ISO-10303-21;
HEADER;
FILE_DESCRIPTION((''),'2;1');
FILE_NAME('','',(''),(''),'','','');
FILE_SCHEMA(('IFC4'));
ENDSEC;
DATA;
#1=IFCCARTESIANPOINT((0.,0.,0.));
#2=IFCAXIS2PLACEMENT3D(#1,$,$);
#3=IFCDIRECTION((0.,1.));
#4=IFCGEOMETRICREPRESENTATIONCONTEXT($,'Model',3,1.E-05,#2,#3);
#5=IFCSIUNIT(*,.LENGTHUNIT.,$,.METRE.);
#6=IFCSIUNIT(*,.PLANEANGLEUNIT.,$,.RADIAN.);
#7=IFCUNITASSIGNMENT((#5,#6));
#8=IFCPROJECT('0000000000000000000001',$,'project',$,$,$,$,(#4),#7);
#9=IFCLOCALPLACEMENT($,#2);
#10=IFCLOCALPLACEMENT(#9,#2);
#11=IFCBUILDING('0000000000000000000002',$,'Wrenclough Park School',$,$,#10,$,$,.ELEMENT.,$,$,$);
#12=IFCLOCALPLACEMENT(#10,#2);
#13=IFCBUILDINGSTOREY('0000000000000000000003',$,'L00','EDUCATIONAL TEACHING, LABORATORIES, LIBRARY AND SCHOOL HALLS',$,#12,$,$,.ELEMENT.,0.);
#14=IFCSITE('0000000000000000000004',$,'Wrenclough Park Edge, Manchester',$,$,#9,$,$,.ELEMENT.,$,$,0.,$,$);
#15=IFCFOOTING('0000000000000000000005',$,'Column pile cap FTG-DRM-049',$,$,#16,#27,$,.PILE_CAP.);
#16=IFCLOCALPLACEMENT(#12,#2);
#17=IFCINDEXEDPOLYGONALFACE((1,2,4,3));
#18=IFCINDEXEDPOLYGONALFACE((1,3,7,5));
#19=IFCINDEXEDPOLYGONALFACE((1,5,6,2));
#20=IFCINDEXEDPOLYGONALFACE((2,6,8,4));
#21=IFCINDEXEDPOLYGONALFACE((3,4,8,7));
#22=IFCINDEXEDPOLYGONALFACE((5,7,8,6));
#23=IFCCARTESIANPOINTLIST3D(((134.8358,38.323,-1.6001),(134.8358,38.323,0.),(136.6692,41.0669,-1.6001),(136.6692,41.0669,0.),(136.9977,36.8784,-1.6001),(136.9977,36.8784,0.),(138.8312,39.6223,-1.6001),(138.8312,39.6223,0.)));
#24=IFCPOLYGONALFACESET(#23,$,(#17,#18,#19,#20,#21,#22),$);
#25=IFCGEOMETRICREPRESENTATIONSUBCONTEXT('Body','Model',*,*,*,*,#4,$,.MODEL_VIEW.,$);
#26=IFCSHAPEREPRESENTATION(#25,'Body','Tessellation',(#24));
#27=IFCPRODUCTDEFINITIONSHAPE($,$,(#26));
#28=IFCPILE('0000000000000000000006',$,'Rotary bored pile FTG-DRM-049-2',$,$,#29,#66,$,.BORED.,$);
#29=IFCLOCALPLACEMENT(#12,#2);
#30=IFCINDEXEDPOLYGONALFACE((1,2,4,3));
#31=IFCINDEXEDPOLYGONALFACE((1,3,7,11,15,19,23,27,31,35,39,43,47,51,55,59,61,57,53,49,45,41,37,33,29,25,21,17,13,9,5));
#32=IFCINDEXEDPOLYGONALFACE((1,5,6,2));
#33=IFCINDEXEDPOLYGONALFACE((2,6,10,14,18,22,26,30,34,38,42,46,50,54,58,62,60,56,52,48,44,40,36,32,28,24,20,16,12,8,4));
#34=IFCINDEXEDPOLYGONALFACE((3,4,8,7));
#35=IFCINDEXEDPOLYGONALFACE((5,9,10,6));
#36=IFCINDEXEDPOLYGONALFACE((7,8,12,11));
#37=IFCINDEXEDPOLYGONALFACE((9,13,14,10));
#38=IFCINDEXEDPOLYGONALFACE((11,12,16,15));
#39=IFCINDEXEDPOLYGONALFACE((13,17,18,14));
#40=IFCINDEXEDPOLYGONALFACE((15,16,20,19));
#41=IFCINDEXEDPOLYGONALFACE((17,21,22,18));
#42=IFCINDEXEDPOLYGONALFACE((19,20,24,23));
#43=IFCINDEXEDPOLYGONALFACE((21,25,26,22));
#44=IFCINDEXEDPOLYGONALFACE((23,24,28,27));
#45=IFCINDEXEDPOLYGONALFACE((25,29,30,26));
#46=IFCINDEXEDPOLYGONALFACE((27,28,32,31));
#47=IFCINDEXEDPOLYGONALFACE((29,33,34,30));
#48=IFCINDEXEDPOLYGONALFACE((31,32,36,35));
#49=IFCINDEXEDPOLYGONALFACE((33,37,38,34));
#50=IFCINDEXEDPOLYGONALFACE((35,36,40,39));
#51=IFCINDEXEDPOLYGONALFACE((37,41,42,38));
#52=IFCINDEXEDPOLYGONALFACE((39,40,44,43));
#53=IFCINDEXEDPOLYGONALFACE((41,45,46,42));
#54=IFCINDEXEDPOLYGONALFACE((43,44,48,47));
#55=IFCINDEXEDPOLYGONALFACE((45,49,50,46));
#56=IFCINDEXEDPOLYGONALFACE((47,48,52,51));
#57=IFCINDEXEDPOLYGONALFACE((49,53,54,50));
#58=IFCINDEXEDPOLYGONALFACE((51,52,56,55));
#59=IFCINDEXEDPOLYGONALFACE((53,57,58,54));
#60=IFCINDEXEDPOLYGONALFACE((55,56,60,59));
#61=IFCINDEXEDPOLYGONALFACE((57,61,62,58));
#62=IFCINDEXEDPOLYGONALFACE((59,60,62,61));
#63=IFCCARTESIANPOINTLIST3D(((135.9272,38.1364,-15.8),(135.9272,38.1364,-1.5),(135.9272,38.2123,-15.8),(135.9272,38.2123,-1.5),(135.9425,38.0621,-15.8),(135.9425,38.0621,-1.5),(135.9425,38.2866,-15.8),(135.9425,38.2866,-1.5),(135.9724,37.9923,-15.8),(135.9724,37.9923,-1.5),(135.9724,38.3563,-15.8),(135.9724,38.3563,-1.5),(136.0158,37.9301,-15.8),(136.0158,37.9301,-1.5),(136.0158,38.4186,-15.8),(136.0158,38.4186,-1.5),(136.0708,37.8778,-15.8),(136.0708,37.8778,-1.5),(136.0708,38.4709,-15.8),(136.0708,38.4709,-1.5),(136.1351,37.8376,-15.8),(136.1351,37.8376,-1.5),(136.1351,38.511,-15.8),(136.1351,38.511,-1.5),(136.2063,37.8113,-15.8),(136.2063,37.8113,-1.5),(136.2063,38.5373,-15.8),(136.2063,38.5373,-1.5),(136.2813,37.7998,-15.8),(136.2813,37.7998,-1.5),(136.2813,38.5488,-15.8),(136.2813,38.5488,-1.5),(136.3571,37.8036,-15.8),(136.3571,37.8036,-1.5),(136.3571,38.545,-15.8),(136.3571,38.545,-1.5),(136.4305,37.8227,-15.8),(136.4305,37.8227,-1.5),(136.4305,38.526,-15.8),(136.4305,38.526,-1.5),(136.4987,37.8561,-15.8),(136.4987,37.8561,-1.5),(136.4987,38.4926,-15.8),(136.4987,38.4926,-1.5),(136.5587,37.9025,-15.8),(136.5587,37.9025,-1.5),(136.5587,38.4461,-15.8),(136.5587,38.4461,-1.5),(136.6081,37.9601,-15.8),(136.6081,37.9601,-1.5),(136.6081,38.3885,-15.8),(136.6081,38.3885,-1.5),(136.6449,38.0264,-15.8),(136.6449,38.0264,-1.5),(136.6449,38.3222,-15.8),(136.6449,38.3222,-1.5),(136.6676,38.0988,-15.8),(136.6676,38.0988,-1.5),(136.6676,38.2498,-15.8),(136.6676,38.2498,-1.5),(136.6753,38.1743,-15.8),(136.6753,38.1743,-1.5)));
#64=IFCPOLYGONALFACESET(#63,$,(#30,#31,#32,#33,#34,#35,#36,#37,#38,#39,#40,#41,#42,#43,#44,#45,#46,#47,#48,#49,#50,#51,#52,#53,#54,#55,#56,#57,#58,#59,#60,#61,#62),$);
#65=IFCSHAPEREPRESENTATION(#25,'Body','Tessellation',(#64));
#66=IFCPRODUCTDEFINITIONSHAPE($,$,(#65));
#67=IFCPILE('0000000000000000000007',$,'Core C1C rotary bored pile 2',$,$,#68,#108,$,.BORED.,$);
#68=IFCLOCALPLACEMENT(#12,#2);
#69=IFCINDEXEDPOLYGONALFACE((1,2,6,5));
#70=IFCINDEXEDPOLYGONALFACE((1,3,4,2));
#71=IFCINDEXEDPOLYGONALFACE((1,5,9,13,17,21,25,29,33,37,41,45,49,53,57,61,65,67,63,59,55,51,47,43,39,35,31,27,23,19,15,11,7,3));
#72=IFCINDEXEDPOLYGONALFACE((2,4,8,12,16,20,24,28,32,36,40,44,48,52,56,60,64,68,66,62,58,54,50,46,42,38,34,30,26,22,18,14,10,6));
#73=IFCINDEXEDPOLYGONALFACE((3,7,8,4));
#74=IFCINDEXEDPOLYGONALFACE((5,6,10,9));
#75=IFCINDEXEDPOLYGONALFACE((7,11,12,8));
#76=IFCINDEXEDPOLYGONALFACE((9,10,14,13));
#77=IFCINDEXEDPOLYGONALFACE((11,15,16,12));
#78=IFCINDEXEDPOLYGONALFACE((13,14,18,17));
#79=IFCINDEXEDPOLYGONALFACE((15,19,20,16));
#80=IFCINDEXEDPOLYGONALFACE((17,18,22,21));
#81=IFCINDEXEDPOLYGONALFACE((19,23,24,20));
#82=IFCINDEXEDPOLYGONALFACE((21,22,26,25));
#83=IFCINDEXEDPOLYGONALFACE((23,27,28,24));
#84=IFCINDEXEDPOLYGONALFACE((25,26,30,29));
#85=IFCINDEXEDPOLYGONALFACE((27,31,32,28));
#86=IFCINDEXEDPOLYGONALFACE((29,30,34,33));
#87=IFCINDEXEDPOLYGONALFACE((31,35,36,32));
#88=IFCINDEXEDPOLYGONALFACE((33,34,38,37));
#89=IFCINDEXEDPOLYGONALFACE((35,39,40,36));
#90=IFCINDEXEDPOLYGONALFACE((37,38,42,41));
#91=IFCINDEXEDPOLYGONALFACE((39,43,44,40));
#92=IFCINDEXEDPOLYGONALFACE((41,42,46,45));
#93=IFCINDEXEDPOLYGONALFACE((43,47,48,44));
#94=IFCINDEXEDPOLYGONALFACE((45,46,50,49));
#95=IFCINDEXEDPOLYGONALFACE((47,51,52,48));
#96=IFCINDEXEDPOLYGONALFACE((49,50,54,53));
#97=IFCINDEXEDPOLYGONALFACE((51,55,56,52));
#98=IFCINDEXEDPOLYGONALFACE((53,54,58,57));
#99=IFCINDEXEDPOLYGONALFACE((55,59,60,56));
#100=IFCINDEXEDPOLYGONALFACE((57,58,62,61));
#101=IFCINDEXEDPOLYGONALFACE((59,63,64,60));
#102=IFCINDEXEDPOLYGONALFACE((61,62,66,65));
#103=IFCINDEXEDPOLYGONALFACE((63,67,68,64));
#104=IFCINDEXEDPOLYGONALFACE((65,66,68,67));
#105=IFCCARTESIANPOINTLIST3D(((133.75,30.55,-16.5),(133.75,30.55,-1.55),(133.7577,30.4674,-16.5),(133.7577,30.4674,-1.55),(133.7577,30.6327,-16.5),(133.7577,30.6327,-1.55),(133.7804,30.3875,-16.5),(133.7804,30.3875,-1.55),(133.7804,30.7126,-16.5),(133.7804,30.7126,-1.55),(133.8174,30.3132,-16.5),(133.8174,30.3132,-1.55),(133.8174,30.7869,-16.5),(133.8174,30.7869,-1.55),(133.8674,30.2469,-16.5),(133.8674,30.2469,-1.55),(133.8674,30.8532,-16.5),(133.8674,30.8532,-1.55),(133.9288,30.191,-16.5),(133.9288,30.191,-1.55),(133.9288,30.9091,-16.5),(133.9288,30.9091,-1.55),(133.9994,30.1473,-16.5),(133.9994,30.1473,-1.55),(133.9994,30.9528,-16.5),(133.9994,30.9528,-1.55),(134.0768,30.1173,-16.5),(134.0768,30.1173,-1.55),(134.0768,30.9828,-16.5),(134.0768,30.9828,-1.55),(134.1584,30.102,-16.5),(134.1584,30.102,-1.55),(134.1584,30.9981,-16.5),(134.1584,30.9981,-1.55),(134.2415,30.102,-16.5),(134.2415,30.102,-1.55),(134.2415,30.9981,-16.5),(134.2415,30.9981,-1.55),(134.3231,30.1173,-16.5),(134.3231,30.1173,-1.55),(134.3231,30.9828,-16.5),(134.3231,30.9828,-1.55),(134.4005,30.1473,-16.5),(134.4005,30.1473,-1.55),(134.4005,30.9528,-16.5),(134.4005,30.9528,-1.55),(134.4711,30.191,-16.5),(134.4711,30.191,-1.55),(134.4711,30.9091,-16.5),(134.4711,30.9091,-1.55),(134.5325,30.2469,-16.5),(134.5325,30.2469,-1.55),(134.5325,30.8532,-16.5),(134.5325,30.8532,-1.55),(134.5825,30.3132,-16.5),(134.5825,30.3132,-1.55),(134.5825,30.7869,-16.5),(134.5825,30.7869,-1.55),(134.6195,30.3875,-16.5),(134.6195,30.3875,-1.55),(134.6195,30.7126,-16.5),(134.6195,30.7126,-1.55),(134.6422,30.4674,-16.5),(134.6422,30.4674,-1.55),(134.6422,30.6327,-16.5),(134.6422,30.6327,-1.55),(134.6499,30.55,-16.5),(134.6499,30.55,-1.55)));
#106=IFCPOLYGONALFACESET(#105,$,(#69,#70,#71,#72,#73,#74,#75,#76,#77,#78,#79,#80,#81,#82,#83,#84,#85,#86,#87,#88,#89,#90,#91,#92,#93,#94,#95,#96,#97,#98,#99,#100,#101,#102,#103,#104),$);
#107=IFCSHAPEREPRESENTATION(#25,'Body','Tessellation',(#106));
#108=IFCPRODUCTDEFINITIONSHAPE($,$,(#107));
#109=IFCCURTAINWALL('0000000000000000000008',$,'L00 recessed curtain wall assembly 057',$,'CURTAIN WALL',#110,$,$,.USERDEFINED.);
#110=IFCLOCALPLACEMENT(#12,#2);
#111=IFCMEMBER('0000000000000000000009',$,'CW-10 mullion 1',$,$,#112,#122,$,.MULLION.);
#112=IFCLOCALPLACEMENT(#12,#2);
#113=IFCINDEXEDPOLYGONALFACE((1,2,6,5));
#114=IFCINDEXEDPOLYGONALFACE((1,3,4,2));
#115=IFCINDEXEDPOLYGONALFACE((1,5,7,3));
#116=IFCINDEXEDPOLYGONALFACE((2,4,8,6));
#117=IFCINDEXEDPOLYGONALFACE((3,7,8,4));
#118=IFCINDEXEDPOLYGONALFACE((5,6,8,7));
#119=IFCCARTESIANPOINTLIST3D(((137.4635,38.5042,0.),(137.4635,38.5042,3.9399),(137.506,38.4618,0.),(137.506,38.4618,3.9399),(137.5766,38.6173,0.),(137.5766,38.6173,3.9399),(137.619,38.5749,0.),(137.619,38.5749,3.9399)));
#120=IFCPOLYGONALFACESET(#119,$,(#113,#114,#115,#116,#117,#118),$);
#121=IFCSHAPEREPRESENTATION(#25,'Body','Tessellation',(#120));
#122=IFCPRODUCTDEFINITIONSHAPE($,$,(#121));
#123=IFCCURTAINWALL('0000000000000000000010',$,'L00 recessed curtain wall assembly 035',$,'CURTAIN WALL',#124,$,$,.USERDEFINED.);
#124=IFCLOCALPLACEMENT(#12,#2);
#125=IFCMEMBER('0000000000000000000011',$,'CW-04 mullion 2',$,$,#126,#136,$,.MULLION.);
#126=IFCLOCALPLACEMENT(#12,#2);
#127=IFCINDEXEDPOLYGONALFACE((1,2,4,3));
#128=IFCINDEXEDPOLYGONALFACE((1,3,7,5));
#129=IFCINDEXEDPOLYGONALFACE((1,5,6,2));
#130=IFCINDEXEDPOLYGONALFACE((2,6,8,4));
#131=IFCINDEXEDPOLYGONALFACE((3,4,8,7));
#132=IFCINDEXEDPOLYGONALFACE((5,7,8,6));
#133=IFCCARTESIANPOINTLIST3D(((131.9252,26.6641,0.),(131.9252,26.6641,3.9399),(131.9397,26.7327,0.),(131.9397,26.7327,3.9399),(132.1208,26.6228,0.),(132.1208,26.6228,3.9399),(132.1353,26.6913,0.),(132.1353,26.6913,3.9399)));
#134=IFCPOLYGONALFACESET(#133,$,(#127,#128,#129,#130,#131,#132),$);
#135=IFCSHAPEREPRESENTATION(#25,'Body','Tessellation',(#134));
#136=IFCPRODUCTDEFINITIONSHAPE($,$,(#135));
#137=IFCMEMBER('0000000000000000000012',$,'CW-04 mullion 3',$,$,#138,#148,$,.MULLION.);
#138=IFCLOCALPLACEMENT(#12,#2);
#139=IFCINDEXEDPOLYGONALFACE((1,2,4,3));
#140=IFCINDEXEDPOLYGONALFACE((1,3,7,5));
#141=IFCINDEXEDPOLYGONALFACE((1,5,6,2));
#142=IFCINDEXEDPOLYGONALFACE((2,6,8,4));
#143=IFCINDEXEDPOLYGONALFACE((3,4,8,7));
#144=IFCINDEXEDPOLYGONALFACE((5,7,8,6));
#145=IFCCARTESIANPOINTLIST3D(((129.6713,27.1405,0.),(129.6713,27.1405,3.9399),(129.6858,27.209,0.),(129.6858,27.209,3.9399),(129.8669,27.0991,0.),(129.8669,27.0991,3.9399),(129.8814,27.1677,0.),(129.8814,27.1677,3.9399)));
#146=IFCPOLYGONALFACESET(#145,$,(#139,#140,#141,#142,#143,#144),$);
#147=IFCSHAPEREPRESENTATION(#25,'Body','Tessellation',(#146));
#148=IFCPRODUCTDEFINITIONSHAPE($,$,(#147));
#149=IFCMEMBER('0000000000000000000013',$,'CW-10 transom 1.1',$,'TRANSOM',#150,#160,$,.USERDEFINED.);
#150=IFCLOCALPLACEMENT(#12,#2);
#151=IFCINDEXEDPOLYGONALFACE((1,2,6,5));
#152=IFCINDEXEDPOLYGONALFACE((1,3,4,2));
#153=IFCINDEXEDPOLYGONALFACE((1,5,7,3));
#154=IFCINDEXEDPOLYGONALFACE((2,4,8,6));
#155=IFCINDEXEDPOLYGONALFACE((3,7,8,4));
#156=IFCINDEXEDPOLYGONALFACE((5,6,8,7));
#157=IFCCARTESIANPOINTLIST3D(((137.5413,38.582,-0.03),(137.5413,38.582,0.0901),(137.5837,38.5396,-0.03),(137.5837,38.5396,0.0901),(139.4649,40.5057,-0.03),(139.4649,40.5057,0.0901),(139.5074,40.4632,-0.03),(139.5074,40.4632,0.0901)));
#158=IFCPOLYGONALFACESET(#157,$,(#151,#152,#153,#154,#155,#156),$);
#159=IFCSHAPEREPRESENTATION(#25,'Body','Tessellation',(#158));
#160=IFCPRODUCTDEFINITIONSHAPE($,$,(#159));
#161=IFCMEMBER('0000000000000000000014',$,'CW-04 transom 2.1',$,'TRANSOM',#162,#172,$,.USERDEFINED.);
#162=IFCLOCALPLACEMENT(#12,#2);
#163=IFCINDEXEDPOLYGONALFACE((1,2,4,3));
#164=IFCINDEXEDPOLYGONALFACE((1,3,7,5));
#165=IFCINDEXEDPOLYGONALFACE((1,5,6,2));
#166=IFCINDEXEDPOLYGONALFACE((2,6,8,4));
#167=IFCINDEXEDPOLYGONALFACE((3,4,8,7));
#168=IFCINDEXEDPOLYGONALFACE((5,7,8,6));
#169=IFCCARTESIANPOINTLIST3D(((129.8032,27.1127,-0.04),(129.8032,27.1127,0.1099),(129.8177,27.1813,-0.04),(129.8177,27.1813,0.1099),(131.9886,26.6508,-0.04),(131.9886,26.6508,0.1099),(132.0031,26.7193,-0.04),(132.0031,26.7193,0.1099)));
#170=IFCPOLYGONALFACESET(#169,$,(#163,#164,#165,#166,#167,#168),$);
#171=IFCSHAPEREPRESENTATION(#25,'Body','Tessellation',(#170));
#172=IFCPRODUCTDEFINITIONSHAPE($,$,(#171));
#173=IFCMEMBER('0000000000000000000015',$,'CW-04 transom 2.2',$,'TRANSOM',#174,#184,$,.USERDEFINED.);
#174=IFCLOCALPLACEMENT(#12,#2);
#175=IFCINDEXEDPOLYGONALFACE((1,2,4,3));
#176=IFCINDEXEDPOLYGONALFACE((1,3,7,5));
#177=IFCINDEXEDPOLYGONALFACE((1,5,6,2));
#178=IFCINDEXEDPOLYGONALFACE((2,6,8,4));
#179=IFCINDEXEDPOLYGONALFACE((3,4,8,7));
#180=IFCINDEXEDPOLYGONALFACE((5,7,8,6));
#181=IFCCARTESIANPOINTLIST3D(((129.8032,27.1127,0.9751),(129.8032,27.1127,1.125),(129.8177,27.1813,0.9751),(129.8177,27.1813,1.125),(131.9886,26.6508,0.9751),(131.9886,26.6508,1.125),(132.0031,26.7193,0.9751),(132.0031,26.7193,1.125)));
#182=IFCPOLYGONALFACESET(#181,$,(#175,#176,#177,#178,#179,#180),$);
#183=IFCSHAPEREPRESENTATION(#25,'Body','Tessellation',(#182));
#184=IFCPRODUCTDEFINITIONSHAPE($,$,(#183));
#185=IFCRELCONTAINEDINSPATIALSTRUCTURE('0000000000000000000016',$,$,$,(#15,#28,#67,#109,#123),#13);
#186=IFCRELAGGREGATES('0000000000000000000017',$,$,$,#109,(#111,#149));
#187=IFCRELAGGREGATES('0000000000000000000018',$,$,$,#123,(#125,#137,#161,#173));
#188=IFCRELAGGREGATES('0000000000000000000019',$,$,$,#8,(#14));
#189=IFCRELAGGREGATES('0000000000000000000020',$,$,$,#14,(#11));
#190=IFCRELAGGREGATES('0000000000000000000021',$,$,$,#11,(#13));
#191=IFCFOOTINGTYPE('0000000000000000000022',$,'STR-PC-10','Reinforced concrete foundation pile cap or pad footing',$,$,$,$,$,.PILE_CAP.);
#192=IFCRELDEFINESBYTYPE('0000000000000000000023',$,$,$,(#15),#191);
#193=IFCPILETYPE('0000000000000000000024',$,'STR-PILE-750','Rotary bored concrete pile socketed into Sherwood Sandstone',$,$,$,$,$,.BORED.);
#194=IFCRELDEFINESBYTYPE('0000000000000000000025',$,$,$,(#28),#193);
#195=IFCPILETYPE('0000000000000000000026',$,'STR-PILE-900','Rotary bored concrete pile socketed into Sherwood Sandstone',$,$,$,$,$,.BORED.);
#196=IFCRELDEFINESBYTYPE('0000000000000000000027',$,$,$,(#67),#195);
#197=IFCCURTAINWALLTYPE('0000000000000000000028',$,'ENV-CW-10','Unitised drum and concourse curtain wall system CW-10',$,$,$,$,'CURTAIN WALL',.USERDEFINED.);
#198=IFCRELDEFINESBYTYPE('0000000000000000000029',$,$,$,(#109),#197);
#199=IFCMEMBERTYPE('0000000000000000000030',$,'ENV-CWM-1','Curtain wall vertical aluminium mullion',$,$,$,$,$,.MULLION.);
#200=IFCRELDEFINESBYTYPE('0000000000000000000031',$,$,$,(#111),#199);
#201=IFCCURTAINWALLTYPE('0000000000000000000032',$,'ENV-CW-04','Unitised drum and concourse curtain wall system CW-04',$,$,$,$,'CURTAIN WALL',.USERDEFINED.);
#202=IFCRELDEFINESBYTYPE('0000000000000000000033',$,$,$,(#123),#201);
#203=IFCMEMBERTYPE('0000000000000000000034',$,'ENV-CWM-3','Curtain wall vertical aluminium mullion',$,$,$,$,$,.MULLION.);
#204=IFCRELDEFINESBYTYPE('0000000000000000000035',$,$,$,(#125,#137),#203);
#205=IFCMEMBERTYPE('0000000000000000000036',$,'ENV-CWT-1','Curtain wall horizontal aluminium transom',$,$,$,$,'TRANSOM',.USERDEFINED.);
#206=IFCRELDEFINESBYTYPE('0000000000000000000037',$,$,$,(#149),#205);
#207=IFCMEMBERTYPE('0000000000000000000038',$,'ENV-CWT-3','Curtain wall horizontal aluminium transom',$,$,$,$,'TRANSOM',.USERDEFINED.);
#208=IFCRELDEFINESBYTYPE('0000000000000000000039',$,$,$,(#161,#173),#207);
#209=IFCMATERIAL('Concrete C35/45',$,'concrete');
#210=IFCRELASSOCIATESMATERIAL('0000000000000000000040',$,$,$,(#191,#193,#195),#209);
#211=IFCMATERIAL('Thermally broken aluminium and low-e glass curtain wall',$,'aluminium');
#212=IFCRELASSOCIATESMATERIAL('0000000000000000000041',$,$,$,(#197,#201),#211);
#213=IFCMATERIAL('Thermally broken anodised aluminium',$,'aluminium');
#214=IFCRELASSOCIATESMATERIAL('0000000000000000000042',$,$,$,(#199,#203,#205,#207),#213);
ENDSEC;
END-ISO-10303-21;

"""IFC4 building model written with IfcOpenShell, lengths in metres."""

from ifc_helpers import new_model, si_unit, direction, frame, origin, origin_2d, place, context, subcontext, project, spatial, rectangle, circle, extrude, material, material_profile, profile_set, type_object, element, aggregate, save


model = new_model("IFC4")

# Units and contexts
model_context = context("Model", 3, precision=1e-05, world=origin(), true_north=direction((0.0, 1.0)))
body_context = subcontext(model_context, "Body", "Model", "MODEL_VIEW")
ifc_project = project(units=[si_unit("LENGTHUNIT", "METRE"), si_unit("PLANEANGLEUNIT", "RADIAN")], contexts=[model_context])

# Site, building, storey
site_placement = place(None, origin())
site = spatial("IfcSite", under=ifc_project, at=site_placement, Name="Wrenclough Park Edge, Manchester", CompositionType="ELEMENT", RefElevation=0.0)
building_placement = place(site_placement, origin())
building = spatial("IfcBuilding", under=site, at=building_placement, Name="Wrenclough Park School", CompositionType="ELEMENT")
storey_placement = place(building_placement, origin())
storey = spatial("IfcBuildingStorey", under=building, at=storey_placement, Name="L00", Description="EDUCATIONAL TEACHING, LABORATORIES, LIBRARY AND SCHOOL HALLS", CompositionType="ELEMENT", Elevation=0.0)

# Footing
ifc_material_1 = material(Name="Concrete C35/45", Category="concrete")
footing_type = type_object("IfcFootingType", Name="STR-PC-10", Description="Reinforced concrete foundation pile cap or pad footing", PredefinedType="PILE_CAP", material=ifc_material_1)
footing_placement = place(storey_placement, frame((136.8335, 38.9727, -1.6001), z_axis=(0.0, 0.0, 1.0), x_axis=(-0.55557, -0.83147, 0.0)))
element("IfcFooting", 1, at=footing_placement, inside=storey, type_object=footing_type, Name="Column pile cap FTG-DRM-049", PredefinedType="PILE_CAP", context=body_context, shape_type="SweptSolid", body=[
    extrude(rectangle(XDim=3.3, YDim=2.6001, at=origin_2d()), origin(), (0.0, 0.0, 1.0), 1.6001),
])

# Piles
ifc_material_profile_1 = material_profile(ifc_material_1, circle(Radius=0.375, at=origin_2d()), Name="BORED PILE D750")
ifc_profile_set_1 = profile_set([ifc_material_profile_1], Name="Concrete C35/45")
pile_type_1 = type_object("IfcPileType", Name="STR-PILE-750", Description="Rotary bored concrete pile socketed into Sherwood Sandstone", PredefinedType="BORED", material=ifc_profile_set_1)
pile_1_placement = place(storey_placement, frame((136.3003, 38.1743, -1.5), z_axis=(0.0, 0.0, -1.0), x_axis=(1.0, 0.0, 0.0)))
element("IfcPile", 2, at=pile_1_placement, inside=storey, type_object=pile_type_1, Name="Rotary bored pile FTG-DRM-049-2", PredefinedType="BORED", context=body_context, shape_type="SweptSolid", body=[
    extrude(circle(Radius=0.375, at=origin_2d()), origin(), (0.0, 0.0, 1.0), 14.3),
])
ifc_material_profile_2 = material_profile(ifc_material_1, circle(Radius=0.45, at=origin_2d()), Name="BORED PILE D900")
ifc_profile_set_2 = profile_set([ifc_material_profile_2], Name="Concrete C35/45")
pile_type_2 = type_object("IfcPileType", Name="STR-PILE-900", Description="Rotary bored concrete pile socketed into Sherwood Sandstone", PredefinedType="BORED", material=ifc_profile_set_2)
pile_2_placement = place(storey_placement, frame((134.2, 30.55, -1.55), z_axis=(0.0, 0.0, -1.0), x_axis=(1.0, 0.0, 0.0)))
element("IfcPile", 3, at=pile_2_placement, inside=storey, type_object=pile_type_2, Name="Core C1C rotary bored pile 2", PredefinedType="BORED", context=body_context, shape_type="SweptSolid", body=[
    extrude(circle(Radius=0.45, at=origin_2d()), origin(), (0.0, 0.0, 1.0), 14.95),
])

# Curtain wall, member
ifc_material_2 = material(Name="Thermally broken aluminium and low-e glass curtain wall", Category="aluminium")
curtain_wall_type_1 = type_object("IfcCurtainWallType", Name="ENV-CW-10", Description="Unitised drum and concourse curtain wall system CW-10", ElementType="CURTAIN WALL", PredefinedType="USERDEFINED", material=ifc_material_2)
curtain_wall_1_placement = place(storey_placement, origin())
curtain_wall_1 = element("IfcCurtainWall", 4, at=curtain_wall_1_placement, inside=storey, type_object=curtain_wall_type_1, Name="L00 recessed curtain wall assembly 057", ObjectType="CURTAIN WALL", PredefinedType="USERDEFINED")
ifc_material_3 = material(Name="Thermally broken anodised aluminium", Category="aluminium")
ifc_material_profile_3 = material_profile(ifc_material_3, rectangle(XDim=0.0601, YDim=0.1599, at=origin_2d()), Name="AL MULLION 60x160")
ifc_profile_set_3 = profile_set([ifc_material_profile_3], Name="Thermally broken anodised aluminium")
member_type_1 = type_object("IfcMemberType", Name="ENV-CWM-1", Description="Curtain wall vertical aluminium mullion", PredefinedType="MULLION", material=ifc_profile_set_3)
member_1_placement = place(storey_placement, frame((137.5413, 38.5396, 0.0), z_axis=(0.0, 0.0, 1.0), x_axis=(-0.707107, 0.707107, 0.0)))
member_1 = element("IfcMember", 5, at=member_1_placement, type_object=member_type_1, Name="CW-10 mullion 1", PredefinedType="MULLION", context=body_context, shape_type="SweptSolid", body=[
    extrude(rectangle(XDim=0.0601, YDim=0.1599, at=origin_2d()), origin(), (0.0, 0.0, 1.0), 3.9399),
])

# Curtain wall, members
curtain_wall_type_2 = type_object("IfcCurtainWallType", Name="ENV-CW-04", Description="Unitised drum and concourse curtain wall system CW-04", ElementType="CURTAIN WALL", PredefinedType="USERDEFINED", material=ifc_material_2)
curtain_wall_2_placement = place(storey_placement, origin())
curtain_wall_2 = element("IfcCurtainWall", 6, at=curtain_wall_2_placement, inside=storey, type_object=curtain_wall_type_2, Name="L00 recessed curtain wall assembly 035", ObjectType="CURTAIN WALL", PredefinedType="USERDEFINED")
ifc_material_profile_4 = material_profile(ifc_material_3, rectangle(XDim=0.0701, YDim=0.2, at=origin_2d()), Name="AL MULLION 70x200")
ifc_profile_set_4 = profile_set([ifc_material_profile_4], Name="Thermally broken anodised aluminium")
member_type_2 = type_object("IfcMemberType", Name="ENV-CWM-3", Description="Curtain wall vertical aluminium mullion", PredefinedType="MULLION", material=ifc_profile_set_4)
member_2_placement = place(storey_placement, frame((132.0303, 26.6777, 0.0), z_axis=(0.0, 0.0, 1.0), x_axis=(-0.206818, -0.978379, 0.0)))
member_2 = element("IfcMember", 7, at=member_2_placement, type_object=member_type_2, Name="CW-04 mullion 2", PredefinedType="MULLION", context=body_context, shape_type="SweptSolid", body=[
    extrude(rectangle(XDim=0.0701, YDim=0.2, at=origin_2d()), origin(), (0.0, 0.0, 1.0), 3.9399),
])
member_3_placement = place(storey_placement, frame((129.7764, 27.1541, 0.0), z_axis=(0.0, 0.0, 1.0), x_axis=(-0.206818, -0.978379, 0.0)))
member_3 = element("IfcMember", 8, at=member_3_placement, type_object=member_type_2, Name="CW-04 mullion 3", PredefinedType="MULLION", context=body_context, shape_type="SweptSolid", body=[
    extrude(rectangle(XDim=0.0701, YDim=0.2, at=origin_2d()), origin(), (0.0, 0.0, 1.0), 3.9399),
])

# Members
ifc_material_profile_5 = material_profile(ifc_material_3, rectangle(XDim=0.0601, YDim=0.1201, at=origin_2d()), Name="AL TRANSOM 60x120")
ifc_profile_set_5 = profile_set([ifc_material_profile_5], Name="Thermally broken anodised aluminium")
member_type_3 = type_object("IfcMemberType", Name="ENV-CWT-1", Description="Curtain wall horizontal aluminium transom", ElementType="TRANSOM", PredefinedType="USERDEFINED", material=ifc_profile_set_5)
member_4_placement = place(storey_placement, frame((137.5625, 38.5608, 0.03), z_axis=(0.707107, 0.707107, 0.0), x_axis=(-0.707107, 0.707107, 0.0)))
member_4 = element("IfcMember", 9, at=member_4_placement, type_object=member_type_3, Name="CW-10 transom 1.1", ObjectType="TRANSOM", PredefinedType="USERDEFINED", context=body_context, shape_type="SweptSolid", body=[
    extrude(rectangle(XDim=0.0601, YDim=0.1201, at=origin_2d()), origin(), (0.0, 0.0, 1.0), 2.7205),
])
aggregate(curtain_wall_1, [member_1, member_4])
ifc_material_profile_6 = material_profile(ifc_material_3, rectangle(XDim=0.0701, YDim=0.1499, at=origin_2d()), Name="AL TRANSOM 70x150")
ifc_profile_set_6 = profile_set([ifc_material_profile_6], Name="Thermally broken anodised aluminium")
member_type_4 = type_object("IfcMemberType", Name="ENV-CWT-3", Description="Curtain wall horizontal aluminium transom", ElementType="TRANSOM", PredefinedType="USERDEFINED", material=ifc_profile_set_6)
member_5_placement = place(storey_placement, frame((131.9958, 26.6851, 0.0349), z_axis=(-0.978382, 0.206804, 0.0), x_axis=(-0.206804, -0.978382, 0.0)))
member_5 = element("IfcMember", 10, at=member_5_placement, type_object=member_type_4, Name="CW-04 transom 2.1", ObjectType="TRANSOM", PredefinedType="USERDEFINED", context=body_context, shape_type="SweptSolid", body=[
    extrude(rectangle(XDim=0.0701, YDim=0.1499, at=origin_2d()), origin(), (0.0, 0.0, 1.0), 2.2336),
])
member_6_placement = place(storey_placement, frame((131.9958, 26.6851, 1.05), z_axis=(-0.978382, 0.206804, 0.0), x_axis=(-0.206804, -0.978382, 0.0)))
member_6 = element("IfcMember", 11, at=member_6_placement, type_object=member_type_4, Name="CW-04 transom 2.2", ObjectType="TRANSOM", PredefinedType="USERDEFINED", context=body_context, shape_type="SweptSolid", body=[
    extrude(rectangle(XDim=0.0701, YDim=0.1499, at=origin_2d()), origin(), (0.0, 0.0, 1.0), 2.2336),
])

aggregate(curtain_wall_2, [member_2, member_3, member_5, member_6])

save(model, "model.ifc")
